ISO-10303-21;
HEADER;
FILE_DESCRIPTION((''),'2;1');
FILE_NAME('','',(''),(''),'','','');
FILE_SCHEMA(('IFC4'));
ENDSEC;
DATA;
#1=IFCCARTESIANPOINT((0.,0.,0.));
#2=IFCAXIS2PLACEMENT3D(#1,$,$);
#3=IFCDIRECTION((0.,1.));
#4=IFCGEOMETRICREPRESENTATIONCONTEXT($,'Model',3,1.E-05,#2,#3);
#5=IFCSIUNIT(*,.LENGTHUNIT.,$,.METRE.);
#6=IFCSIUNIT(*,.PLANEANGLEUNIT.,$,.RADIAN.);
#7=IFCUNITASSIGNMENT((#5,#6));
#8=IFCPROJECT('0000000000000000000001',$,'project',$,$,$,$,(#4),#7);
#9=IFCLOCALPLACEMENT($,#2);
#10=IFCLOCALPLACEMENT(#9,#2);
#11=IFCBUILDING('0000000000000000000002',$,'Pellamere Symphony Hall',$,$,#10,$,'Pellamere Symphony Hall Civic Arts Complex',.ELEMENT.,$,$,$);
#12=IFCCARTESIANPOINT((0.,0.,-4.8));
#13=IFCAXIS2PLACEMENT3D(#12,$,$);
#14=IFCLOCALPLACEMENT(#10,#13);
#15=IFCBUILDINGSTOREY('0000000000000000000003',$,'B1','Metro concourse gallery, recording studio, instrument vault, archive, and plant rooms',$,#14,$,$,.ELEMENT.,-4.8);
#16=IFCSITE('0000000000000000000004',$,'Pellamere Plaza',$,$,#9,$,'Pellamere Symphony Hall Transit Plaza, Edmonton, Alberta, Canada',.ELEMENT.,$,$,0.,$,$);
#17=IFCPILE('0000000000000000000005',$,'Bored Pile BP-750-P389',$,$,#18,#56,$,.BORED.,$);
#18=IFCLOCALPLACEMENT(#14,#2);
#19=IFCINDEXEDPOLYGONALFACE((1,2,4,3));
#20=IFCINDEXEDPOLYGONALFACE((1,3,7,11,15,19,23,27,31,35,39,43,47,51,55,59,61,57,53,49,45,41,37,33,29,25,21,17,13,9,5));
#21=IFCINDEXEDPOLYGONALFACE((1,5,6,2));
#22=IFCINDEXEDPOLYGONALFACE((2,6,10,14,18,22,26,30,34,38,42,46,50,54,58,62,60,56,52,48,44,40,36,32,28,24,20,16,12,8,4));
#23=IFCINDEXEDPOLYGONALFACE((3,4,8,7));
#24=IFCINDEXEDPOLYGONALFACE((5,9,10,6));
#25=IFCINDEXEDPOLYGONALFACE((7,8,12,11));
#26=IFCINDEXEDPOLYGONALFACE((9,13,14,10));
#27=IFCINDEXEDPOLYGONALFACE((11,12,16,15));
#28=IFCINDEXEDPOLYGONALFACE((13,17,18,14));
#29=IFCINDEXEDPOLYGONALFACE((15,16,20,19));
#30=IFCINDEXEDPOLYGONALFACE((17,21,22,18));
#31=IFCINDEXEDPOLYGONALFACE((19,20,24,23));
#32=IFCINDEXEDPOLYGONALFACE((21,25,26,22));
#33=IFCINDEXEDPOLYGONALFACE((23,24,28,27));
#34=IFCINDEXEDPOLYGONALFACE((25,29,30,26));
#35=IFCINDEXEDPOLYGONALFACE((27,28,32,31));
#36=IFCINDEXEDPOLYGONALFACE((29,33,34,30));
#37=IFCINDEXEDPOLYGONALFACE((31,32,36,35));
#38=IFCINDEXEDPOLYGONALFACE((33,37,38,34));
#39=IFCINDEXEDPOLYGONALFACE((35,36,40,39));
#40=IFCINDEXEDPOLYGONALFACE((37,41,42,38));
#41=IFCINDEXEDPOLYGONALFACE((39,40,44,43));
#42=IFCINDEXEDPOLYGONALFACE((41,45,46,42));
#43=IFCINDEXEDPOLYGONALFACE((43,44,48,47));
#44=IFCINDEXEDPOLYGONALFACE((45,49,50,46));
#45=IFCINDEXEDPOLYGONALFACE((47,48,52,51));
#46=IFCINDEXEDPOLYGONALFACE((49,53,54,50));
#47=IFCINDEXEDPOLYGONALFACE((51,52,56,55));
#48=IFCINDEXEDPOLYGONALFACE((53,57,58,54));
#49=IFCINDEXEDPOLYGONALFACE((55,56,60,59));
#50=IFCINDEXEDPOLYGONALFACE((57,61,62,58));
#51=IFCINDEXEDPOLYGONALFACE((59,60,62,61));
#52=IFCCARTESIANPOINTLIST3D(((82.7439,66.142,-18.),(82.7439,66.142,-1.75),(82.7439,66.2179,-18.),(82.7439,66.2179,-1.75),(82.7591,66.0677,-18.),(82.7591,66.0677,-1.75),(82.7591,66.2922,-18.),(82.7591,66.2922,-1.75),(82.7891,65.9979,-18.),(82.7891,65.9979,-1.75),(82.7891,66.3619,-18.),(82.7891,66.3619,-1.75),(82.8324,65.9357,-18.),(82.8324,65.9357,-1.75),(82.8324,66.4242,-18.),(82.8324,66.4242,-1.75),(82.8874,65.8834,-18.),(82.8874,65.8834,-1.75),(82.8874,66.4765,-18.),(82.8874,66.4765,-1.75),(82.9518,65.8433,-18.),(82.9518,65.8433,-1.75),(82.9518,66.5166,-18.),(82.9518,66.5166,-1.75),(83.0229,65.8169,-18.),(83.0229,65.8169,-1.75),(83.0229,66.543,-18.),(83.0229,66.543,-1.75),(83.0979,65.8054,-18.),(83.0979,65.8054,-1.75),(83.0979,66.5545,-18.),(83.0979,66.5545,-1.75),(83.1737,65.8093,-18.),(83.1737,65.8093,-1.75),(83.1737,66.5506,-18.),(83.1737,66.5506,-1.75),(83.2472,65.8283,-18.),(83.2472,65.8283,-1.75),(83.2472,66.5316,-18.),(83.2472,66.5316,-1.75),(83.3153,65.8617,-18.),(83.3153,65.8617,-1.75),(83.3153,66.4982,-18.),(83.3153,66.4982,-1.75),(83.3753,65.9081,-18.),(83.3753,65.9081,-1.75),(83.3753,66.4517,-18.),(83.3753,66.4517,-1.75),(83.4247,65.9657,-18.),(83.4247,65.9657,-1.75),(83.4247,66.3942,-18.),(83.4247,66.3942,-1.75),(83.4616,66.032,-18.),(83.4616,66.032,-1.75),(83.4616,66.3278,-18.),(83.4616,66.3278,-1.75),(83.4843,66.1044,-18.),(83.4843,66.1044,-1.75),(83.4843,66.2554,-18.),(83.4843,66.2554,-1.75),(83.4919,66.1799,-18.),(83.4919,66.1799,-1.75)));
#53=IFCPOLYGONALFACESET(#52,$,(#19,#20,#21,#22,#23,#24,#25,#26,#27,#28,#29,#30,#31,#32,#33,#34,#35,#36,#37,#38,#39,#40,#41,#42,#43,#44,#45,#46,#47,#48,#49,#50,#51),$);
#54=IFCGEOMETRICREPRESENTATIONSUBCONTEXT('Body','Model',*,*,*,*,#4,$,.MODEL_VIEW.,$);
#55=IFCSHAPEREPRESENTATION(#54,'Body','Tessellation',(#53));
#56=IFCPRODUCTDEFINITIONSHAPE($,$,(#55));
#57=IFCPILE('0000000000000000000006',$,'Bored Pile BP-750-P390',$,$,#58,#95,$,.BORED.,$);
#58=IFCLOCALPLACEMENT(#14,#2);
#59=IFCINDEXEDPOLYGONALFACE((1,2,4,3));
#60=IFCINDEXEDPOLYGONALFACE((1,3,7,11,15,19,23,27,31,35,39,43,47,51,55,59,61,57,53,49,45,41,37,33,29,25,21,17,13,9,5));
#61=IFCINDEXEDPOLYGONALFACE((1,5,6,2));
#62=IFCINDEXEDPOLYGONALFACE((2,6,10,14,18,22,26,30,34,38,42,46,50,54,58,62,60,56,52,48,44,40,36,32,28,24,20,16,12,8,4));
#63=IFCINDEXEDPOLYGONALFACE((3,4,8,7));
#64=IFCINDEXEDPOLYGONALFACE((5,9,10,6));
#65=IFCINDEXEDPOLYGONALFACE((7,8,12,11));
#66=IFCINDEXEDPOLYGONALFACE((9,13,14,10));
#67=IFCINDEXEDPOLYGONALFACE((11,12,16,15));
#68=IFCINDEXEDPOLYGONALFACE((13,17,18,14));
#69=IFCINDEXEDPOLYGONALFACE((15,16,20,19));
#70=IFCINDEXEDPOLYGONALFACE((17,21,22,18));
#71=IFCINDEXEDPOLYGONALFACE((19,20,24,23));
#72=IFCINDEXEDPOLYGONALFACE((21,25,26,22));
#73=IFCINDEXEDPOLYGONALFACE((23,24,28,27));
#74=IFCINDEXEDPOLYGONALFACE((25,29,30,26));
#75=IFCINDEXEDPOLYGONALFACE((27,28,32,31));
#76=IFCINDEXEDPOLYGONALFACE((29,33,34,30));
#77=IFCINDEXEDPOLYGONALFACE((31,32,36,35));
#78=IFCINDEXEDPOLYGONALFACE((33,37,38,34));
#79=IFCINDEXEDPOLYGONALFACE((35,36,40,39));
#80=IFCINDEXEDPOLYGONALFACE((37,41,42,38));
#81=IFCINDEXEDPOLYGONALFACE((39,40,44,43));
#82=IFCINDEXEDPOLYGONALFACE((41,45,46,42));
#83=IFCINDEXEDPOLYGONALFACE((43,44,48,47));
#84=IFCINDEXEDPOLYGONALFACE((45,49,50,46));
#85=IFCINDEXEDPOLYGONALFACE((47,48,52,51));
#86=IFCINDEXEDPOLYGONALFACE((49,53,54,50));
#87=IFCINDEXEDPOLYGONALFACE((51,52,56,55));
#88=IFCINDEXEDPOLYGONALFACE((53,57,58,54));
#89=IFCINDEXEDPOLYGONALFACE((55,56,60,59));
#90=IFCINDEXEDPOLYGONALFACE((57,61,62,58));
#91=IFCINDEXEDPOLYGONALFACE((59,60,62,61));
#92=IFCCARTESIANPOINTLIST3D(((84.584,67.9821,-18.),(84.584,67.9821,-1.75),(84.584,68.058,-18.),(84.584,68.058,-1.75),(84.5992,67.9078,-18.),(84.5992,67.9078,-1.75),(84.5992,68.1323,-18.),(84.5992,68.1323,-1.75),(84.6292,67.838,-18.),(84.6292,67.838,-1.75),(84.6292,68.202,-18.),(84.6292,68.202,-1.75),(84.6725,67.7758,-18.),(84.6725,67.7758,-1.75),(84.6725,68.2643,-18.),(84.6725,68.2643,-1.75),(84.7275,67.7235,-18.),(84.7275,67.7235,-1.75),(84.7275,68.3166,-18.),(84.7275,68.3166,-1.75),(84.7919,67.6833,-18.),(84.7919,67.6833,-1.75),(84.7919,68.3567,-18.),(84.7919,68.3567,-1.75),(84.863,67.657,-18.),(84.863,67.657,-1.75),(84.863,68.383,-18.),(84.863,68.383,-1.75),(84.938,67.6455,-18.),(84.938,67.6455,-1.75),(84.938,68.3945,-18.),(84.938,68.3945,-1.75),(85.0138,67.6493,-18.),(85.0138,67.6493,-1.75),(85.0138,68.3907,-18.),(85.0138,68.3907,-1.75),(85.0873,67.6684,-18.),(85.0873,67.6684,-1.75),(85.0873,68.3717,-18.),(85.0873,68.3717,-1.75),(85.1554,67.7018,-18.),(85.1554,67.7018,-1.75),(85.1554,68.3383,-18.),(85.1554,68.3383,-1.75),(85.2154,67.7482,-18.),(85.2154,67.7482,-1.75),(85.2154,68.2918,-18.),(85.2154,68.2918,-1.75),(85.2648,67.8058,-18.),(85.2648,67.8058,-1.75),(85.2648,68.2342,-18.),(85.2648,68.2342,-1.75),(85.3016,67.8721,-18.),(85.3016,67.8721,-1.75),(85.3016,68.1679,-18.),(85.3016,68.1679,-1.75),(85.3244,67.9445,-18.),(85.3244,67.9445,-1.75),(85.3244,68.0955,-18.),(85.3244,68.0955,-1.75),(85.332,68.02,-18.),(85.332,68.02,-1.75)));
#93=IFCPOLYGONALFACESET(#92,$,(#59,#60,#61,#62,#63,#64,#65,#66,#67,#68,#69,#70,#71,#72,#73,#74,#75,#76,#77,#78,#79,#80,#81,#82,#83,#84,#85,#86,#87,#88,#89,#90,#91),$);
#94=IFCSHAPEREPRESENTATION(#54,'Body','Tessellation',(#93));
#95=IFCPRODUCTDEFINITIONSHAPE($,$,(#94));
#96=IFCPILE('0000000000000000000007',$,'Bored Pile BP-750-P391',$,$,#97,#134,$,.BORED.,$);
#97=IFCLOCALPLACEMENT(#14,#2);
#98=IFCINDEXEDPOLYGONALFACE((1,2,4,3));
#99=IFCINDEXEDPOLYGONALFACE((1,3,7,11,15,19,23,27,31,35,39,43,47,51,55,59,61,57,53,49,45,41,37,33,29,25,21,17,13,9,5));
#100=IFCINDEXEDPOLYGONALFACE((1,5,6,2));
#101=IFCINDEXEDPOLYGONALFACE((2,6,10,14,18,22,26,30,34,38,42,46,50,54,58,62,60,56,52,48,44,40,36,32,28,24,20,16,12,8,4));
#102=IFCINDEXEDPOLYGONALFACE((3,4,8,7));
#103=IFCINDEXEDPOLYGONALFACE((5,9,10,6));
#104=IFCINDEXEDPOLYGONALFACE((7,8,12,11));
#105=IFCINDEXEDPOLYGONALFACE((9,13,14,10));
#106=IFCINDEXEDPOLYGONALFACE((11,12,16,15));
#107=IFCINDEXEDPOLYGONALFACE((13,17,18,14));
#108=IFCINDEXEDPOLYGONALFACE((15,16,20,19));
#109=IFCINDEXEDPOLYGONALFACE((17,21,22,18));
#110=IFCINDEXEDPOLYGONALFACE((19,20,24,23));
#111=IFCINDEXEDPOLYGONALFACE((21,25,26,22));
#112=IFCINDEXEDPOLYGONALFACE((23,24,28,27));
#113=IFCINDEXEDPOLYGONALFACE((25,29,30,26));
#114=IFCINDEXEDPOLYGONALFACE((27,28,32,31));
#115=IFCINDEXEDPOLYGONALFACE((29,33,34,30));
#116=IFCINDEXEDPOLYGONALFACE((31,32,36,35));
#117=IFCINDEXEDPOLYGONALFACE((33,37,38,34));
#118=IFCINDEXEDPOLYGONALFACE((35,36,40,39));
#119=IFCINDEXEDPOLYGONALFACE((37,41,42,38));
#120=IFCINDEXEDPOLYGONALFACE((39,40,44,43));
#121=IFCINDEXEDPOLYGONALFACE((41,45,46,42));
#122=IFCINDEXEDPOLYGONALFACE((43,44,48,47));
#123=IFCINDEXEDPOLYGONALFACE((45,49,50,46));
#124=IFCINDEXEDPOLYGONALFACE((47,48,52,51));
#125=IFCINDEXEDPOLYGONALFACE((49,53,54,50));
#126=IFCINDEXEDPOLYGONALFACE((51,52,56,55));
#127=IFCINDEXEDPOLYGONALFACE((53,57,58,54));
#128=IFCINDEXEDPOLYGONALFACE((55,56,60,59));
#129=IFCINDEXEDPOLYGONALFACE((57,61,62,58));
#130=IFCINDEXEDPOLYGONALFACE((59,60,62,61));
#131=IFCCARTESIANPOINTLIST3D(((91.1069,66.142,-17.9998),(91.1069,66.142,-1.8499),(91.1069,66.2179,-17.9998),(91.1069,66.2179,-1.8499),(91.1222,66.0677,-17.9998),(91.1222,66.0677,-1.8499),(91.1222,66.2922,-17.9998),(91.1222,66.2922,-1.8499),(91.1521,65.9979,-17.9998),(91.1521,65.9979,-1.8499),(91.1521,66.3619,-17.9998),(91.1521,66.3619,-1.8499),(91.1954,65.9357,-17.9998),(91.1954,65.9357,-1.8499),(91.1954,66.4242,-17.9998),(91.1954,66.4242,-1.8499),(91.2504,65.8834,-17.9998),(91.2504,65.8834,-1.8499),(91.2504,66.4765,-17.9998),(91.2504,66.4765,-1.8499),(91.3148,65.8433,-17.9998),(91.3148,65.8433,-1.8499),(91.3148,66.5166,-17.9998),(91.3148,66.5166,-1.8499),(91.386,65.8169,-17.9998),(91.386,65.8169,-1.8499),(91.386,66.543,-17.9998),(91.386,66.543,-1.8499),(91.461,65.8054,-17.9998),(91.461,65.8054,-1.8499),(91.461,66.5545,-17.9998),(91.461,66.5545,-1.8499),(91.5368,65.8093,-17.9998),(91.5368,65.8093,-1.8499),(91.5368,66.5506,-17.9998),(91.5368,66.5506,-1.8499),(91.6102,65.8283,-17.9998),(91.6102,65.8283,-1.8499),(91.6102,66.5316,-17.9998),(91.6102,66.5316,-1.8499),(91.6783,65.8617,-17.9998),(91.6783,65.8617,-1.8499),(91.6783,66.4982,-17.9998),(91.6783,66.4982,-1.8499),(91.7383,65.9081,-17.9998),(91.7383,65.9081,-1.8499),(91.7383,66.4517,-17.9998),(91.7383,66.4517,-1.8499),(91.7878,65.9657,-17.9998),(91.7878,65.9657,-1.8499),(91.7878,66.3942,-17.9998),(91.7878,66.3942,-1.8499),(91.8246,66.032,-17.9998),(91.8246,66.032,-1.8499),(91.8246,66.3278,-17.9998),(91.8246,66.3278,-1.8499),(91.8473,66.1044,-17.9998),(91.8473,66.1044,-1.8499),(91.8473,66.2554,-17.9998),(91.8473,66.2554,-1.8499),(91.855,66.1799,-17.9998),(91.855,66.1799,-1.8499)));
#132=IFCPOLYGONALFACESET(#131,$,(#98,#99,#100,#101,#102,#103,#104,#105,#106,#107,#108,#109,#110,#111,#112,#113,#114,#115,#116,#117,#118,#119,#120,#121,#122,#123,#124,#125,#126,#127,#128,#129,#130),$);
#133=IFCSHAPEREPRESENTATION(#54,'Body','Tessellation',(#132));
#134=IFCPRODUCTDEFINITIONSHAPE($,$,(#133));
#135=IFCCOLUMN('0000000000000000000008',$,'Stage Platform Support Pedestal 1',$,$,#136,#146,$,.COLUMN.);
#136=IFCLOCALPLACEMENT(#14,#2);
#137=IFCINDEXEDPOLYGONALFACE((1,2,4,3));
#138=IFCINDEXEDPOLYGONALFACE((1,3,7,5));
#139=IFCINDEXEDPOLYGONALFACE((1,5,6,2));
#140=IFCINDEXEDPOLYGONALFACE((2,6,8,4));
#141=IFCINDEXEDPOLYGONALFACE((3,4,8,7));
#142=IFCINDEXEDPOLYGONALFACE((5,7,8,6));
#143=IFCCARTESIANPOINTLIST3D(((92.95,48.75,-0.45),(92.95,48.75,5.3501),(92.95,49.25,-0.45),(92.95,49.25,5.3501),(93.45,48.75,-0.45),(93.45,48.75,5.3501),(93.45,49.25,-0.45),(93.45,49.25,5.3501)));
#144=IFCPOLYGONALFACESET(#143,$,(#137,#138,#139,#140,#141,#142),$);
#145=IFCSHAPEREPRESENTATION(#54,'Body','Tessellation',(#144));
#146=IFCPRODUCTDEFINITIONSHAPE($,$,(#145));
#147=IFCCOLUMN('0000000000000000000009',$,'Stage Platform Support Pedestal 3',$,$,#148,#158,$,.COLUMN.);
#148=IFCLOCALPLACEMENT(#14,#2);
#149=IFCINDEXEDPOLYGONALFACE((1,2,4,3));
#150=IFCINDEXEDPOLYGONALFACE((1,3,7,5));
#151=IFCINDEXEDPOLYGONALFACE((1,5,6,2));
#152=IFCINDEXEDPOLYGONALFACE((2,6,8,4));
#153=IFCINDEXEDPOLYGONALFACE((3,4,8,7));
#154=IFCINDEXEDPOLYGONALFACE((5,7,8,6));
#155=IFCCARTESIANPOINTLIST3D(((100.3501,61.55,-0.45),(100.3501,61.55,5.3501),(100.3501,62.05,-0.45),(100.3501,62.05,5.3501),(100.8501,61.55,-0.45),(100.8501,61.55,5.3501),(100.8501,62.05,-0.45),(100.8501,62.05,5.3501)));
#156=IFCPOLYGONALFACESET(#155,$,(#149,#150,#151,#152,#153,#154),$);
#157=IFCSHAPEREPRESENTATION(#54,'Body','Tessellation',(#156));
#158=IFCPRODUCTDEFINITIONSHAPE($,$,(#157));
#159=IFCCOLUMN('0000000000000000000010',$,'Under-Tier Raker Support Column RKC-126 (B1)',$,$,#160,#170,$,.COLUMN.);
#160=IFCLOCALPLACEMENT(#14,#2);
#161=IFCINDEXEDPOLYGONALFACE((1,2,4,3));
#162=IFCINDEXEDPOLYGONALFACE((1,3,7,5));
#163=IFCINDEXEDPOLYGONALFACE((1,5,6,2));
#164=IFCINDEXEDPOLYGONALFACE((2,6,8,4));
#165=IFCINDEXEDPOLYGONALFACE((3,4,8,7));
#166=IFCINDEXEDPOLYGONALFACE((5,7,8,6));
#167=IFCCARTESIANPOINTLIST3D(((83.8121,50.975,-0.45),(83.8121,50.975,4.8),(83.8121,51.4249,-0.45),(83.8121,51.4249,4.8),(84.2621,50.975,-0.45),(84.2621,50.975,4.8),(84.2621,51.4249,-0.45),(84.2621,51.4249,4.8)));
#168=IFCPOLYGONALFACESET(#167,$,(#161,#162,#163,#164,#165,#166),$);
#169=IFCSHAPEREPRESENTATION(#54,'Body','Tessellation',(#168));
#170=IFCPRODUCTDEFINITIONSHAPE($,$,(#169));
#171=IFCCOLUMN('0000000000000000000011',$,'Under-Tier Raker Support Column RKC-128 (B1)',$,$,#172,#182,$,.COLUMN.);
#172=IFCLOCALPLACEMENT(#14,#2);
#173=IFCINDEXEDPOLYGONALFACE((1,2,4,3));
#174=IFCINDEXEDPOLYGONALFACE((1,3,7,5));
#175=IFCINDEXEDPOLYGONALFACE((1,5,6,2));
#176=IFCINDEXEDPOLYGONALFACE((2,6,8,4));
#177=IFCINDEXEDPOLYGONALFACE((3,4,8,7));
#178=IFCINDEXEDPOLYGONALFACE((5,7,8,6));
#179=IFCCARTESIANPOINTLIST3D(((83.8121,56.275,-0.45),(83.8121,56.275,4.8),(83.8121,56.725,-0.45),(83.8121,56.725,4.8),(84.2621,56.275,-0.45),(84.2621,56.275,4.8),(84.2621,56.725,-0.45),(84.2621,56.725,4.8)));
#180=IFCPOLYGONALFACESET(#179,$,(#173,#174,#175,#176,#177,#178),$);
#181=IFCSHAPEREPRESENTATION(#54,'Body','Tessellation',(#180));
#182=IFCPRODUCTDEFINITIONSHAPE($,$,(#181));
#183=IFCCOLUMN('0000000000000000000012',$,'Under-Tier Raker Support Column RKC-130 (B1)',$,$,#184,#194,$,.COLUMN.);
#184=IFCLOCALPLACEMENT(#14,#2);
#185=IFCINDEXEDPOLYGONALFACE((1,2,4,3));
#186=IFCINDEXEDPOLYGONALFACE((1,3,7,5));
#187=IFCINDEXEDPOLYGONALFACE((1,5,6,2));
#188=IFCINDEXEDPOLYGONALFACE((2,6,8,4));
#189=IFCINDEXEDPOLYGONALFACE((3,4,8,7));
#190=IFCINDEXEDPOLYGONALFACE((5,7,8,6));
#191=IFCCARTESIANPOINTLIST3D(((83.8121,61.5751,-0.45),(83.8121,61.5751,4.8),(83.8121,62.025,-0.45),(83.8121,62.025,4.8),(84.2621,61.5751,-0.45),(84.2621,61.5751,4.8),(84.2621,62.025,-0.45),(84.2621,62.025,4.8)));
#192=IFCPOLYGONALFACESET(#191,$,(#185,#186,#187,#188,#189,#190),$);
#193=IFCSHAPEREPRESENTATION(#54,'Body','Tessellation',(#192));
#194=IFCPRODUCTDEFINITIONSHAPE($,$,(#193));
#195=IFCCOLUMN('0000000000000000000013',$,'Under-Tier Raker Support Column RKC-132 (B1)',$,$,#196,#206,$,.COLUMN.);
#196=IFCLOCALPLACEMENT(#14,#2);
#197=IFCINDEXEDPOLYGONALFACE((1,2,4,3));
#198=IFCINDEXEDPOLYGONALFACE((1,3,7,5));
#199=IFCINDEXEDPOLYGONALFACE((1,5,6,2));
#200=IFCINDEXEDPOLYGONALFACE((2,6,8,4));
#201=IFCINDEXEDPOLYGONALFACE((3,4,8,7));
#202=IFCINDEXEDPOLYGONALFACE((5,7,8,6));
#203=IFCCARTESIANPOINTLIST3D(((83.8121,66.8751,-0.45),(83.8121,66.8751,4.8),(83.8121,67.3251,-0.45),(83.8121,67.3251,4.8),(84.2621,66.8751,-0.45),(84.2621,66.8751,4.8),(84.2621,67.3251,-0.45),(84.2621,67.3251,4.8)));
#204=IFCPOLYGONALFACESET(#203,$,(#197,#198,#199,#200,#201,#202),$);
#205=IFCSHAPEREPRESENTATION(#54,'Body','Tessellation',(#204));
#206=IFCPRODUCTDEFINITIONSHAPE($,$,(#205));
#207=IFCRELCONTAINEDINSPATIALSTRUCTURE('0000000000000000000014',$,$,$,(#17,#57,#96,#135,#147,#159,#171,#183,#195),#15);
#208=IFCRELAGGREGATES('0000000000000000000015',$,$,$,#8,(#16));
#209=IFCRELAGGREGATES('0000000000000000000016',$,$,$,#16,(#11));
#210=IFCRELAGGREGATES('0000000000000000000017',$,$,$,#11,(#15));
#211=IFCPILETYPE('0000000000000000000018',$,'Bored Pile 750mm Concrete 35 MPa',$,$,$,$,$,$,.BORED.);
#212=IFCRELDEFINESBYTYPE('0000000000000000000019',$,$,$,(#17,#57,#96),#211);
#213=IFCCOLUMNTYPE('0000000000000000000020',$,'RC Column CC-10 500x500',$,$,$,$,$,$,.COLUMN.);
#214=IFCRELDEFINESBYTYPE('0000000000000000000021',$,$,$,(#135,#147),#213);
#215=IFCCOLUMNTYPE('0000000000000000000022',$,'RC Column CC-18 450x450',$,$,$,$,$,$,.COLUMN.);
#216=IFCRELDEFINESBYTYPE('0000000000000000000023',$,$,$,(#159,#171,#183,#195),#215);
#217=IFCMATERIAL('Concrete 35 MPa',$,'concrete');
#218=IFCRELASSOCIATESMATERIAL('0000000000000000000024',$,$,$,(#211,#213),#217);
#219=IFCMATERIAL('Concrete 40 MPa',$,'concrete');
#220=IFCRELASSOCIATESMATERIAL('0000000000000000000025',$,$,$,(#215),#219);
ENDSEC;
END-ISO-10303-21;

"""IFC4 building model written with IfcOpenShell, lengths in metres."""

from ifc_helpers import new_model, si_unit, direction, frame, origin, origin_2d, place, context, subcontext, project, spatial, rectangle, circle, extrude, material, material_profile, profile_set, type_object, element, save


model = new_model("IFC4")

# Units and contexts
model_context = context("Model", 3, precision=1e-05, world=origin(), true_north=direction((0.0, 1.0)))
body_context = subcontext(model_context, "Body", "Model", "MODEL_VIEW")
ifc_project = project(units=[si_unit("LENGTHUNIT", "METRE"), si_unit("PLANEANGLEUNIT", "RADIAN")], contexts=[model_context])

# Site, building, storey
site_placement = place(None, origin())
site = spatial("IfcSite", under=ifc_project, at=site_placement, Name="Pellamere Plaza", LongName="Pellamere Symphony Hall Transit Plaza, Edmonton, Alberta, Canada", CompositionType="ELEMENT", RefElevation=0.0)
building_placement = place(site_placement, origin())
building = spatial("IfcBuilding", under=site, at=building_placement, Name="Pellamere Symphony Hall", LongName="Pellamere Symphony Hall Civic Arts Complex", CompositionType="ELEMENT")
storey_placement = place(building_placement, frame((0.0, 0.0, -4.8)))
storey = spatial("IfcBuildingStorey", under=building, at=storey_placement, Name="B1", Description="Metro concourse gallery, recording studio, instrument vault, archive, and plant rooms", CompositionType="ELEMENT", Elevation=-4.8)

# Piles
ifc_material_1 = material(Name="Concrete 35 MPa", Category="concrete")
ifc_material_profile_1 = material_profile(ifc_material_1, circle(Radius=0.375, at=origin_2d()), Name="PILE D750")
ifc_profile_set_1 = profile_set([ifc_material_profile_1], Name="Concrete 35 MPa")
pile_type = type_object("IfcPileType", Name="Bored Pile 750mm Concrete 35 MPa", PredefinedType="BORED", material=ifc_profile_set_1)
for number, where, z_axis, x_axis, name in (
    (1, (83.1169, 66.1799, -1.75), (0.0, 0.0, -1.0), (1.0, 0.0, 0.0), "Bored Pile BP-750-P389"),
    (2, (84.957, 68.02, -1.75), (0.0, 0.0, -1.0), (1.0, 0.0, 0.0), "Bored Pile BP-750-P390"),
):
    element("IfcPile", number, at=place(storey_placement, frame(where, z_axis=z_axis, x_axis=x_axis)), inside=storey, type_object=pile_type, Name=name, PredefinedType="BORED", context=body_context, shape_type="SweptSolid", body=[
        extrude(circle(Radius=0.375, at=origin_2d()), origin(), (0.0, 0.0, 1.0), 16.25),
    ])
pile_1_placement = place(storey_placement, frame((91.48, 66.1799, -1.8499), z_axis=(0.0, 0.0, -1.0), x_axis=(1.0, 0.0, 0.0)))
element("IfcPile", 3, at=pile_1_placement, inside=storey, type_object=pile_type, Name="Bored Pile BP-750-P391", PredefinedType="BORED", context=body_context, shape_type="SweptSolid", body=[
    extrude(circle(Radius=0.375, at=origin_2d()), origin(), (0.0, 0.0, 1.0), 16.1499),
])

# Columns
ifc_material_profile_2 = material_profile(ifc_material_1, rectangle(XDim=0.5, YDim=0.5, at=origin_2d()), Name="RC 500x500")
ifc_profile_set_2 = profile_set([ifc_material_profile_2], Name="Concrete 35 MPa")
column_type_1 = type_object("IfcColumnType", Name="RC Column CC-10 500x500", PredefinedType="COLUMN", material=ifc_profile_set_2)
for number, where, z_axis, x_axis, name in (
    (4, (93.2, 49.0, -0.45), (0.0, 0.0, 1.0), (1.0, 0.0, 0.0), "Stage Platform Support Pedestal 1"),
    (5, (100.6001, 61.8, -0.45), (0.0, 0.0, 1.0), (1.0, 0.0, 0.0), "Stage Platform Support Pedestal 3"),
):
    element("IfcColumn", number, at=place(storey_placement, frame(where, z_axis=z_axis, x_axis=x_axis)), inside=storey, type_object=column_type_1, Name=name, PredefinedType="COLUMN", context=body_context, shape_type="SweptSolid", body=[
        extrude(rectangle(XDim=0.5, YDim=0.5, at=origin_2d()), origin(), (0.0, 0.0, 1.0), 5.8),
    ])
ifc_material_2 = material(Name="Concrete 40 MPa", Category="concrete")
ifc_material_profile_3 = material_profile(ifc_material_2, rectangle(XDim=0.45, YDim=0.45, at=origin_2d()), Name="RC 450x450")
ifc_profile_set_3 = profile_set([ifc_material_profile_3], Name="Concrete 40 MPa")
column_type_2 = type_object("IfcColumnType", Name="RC Column CC-18 450x450", PredefinedType="COLUMN", material=ifc_profile_set_3)
for number, where, z_axis, x_axis, name in (
    (6, (84.0371, 51.2, -0.45), (0.0, 0.0, 1.0), (1.0, 0.0, 0.0), "Under-Tier Raker Support Column RKC-126 (B1)"),
    (7, (84.0371, 56.5, -0.45), (0.0, 0.0, 1.0), (1.0, 0.0, 0.0), "Under-Tier Raker Support Column RKC-128 (B1)"),
    (8, (84.0371, 61.8, -0.45), (0.0, 0.0, 1.0), (1.0, 0.0, 0.0), "Under-Tier Raker Support Column RKC-130 (B1)"),
    (9, (84.0371, 67.1001, -0.45), (0.0, 0.0, 1.0), (1.0, 0.0, 0.0), "Under-Tier Raker Support Column RKC-132 (B1)"),
):
    element("IfcColumn", number, at=place(storey_placement, frame(where, z_axis=z_axis, x_axis=x_axis)), inside=storey, type_object=column_type_2, Name=name, PredefinedType="COLUMN", context=body_context, shape_type="SweptSolid", body=[
        extrude(rectangle(XDim=0.45, YDim=0.45, at=origin_2d()), origin(), (0.0, 0.0, 1.0), 5.25),
    ])

save(model, "model.ifc")
